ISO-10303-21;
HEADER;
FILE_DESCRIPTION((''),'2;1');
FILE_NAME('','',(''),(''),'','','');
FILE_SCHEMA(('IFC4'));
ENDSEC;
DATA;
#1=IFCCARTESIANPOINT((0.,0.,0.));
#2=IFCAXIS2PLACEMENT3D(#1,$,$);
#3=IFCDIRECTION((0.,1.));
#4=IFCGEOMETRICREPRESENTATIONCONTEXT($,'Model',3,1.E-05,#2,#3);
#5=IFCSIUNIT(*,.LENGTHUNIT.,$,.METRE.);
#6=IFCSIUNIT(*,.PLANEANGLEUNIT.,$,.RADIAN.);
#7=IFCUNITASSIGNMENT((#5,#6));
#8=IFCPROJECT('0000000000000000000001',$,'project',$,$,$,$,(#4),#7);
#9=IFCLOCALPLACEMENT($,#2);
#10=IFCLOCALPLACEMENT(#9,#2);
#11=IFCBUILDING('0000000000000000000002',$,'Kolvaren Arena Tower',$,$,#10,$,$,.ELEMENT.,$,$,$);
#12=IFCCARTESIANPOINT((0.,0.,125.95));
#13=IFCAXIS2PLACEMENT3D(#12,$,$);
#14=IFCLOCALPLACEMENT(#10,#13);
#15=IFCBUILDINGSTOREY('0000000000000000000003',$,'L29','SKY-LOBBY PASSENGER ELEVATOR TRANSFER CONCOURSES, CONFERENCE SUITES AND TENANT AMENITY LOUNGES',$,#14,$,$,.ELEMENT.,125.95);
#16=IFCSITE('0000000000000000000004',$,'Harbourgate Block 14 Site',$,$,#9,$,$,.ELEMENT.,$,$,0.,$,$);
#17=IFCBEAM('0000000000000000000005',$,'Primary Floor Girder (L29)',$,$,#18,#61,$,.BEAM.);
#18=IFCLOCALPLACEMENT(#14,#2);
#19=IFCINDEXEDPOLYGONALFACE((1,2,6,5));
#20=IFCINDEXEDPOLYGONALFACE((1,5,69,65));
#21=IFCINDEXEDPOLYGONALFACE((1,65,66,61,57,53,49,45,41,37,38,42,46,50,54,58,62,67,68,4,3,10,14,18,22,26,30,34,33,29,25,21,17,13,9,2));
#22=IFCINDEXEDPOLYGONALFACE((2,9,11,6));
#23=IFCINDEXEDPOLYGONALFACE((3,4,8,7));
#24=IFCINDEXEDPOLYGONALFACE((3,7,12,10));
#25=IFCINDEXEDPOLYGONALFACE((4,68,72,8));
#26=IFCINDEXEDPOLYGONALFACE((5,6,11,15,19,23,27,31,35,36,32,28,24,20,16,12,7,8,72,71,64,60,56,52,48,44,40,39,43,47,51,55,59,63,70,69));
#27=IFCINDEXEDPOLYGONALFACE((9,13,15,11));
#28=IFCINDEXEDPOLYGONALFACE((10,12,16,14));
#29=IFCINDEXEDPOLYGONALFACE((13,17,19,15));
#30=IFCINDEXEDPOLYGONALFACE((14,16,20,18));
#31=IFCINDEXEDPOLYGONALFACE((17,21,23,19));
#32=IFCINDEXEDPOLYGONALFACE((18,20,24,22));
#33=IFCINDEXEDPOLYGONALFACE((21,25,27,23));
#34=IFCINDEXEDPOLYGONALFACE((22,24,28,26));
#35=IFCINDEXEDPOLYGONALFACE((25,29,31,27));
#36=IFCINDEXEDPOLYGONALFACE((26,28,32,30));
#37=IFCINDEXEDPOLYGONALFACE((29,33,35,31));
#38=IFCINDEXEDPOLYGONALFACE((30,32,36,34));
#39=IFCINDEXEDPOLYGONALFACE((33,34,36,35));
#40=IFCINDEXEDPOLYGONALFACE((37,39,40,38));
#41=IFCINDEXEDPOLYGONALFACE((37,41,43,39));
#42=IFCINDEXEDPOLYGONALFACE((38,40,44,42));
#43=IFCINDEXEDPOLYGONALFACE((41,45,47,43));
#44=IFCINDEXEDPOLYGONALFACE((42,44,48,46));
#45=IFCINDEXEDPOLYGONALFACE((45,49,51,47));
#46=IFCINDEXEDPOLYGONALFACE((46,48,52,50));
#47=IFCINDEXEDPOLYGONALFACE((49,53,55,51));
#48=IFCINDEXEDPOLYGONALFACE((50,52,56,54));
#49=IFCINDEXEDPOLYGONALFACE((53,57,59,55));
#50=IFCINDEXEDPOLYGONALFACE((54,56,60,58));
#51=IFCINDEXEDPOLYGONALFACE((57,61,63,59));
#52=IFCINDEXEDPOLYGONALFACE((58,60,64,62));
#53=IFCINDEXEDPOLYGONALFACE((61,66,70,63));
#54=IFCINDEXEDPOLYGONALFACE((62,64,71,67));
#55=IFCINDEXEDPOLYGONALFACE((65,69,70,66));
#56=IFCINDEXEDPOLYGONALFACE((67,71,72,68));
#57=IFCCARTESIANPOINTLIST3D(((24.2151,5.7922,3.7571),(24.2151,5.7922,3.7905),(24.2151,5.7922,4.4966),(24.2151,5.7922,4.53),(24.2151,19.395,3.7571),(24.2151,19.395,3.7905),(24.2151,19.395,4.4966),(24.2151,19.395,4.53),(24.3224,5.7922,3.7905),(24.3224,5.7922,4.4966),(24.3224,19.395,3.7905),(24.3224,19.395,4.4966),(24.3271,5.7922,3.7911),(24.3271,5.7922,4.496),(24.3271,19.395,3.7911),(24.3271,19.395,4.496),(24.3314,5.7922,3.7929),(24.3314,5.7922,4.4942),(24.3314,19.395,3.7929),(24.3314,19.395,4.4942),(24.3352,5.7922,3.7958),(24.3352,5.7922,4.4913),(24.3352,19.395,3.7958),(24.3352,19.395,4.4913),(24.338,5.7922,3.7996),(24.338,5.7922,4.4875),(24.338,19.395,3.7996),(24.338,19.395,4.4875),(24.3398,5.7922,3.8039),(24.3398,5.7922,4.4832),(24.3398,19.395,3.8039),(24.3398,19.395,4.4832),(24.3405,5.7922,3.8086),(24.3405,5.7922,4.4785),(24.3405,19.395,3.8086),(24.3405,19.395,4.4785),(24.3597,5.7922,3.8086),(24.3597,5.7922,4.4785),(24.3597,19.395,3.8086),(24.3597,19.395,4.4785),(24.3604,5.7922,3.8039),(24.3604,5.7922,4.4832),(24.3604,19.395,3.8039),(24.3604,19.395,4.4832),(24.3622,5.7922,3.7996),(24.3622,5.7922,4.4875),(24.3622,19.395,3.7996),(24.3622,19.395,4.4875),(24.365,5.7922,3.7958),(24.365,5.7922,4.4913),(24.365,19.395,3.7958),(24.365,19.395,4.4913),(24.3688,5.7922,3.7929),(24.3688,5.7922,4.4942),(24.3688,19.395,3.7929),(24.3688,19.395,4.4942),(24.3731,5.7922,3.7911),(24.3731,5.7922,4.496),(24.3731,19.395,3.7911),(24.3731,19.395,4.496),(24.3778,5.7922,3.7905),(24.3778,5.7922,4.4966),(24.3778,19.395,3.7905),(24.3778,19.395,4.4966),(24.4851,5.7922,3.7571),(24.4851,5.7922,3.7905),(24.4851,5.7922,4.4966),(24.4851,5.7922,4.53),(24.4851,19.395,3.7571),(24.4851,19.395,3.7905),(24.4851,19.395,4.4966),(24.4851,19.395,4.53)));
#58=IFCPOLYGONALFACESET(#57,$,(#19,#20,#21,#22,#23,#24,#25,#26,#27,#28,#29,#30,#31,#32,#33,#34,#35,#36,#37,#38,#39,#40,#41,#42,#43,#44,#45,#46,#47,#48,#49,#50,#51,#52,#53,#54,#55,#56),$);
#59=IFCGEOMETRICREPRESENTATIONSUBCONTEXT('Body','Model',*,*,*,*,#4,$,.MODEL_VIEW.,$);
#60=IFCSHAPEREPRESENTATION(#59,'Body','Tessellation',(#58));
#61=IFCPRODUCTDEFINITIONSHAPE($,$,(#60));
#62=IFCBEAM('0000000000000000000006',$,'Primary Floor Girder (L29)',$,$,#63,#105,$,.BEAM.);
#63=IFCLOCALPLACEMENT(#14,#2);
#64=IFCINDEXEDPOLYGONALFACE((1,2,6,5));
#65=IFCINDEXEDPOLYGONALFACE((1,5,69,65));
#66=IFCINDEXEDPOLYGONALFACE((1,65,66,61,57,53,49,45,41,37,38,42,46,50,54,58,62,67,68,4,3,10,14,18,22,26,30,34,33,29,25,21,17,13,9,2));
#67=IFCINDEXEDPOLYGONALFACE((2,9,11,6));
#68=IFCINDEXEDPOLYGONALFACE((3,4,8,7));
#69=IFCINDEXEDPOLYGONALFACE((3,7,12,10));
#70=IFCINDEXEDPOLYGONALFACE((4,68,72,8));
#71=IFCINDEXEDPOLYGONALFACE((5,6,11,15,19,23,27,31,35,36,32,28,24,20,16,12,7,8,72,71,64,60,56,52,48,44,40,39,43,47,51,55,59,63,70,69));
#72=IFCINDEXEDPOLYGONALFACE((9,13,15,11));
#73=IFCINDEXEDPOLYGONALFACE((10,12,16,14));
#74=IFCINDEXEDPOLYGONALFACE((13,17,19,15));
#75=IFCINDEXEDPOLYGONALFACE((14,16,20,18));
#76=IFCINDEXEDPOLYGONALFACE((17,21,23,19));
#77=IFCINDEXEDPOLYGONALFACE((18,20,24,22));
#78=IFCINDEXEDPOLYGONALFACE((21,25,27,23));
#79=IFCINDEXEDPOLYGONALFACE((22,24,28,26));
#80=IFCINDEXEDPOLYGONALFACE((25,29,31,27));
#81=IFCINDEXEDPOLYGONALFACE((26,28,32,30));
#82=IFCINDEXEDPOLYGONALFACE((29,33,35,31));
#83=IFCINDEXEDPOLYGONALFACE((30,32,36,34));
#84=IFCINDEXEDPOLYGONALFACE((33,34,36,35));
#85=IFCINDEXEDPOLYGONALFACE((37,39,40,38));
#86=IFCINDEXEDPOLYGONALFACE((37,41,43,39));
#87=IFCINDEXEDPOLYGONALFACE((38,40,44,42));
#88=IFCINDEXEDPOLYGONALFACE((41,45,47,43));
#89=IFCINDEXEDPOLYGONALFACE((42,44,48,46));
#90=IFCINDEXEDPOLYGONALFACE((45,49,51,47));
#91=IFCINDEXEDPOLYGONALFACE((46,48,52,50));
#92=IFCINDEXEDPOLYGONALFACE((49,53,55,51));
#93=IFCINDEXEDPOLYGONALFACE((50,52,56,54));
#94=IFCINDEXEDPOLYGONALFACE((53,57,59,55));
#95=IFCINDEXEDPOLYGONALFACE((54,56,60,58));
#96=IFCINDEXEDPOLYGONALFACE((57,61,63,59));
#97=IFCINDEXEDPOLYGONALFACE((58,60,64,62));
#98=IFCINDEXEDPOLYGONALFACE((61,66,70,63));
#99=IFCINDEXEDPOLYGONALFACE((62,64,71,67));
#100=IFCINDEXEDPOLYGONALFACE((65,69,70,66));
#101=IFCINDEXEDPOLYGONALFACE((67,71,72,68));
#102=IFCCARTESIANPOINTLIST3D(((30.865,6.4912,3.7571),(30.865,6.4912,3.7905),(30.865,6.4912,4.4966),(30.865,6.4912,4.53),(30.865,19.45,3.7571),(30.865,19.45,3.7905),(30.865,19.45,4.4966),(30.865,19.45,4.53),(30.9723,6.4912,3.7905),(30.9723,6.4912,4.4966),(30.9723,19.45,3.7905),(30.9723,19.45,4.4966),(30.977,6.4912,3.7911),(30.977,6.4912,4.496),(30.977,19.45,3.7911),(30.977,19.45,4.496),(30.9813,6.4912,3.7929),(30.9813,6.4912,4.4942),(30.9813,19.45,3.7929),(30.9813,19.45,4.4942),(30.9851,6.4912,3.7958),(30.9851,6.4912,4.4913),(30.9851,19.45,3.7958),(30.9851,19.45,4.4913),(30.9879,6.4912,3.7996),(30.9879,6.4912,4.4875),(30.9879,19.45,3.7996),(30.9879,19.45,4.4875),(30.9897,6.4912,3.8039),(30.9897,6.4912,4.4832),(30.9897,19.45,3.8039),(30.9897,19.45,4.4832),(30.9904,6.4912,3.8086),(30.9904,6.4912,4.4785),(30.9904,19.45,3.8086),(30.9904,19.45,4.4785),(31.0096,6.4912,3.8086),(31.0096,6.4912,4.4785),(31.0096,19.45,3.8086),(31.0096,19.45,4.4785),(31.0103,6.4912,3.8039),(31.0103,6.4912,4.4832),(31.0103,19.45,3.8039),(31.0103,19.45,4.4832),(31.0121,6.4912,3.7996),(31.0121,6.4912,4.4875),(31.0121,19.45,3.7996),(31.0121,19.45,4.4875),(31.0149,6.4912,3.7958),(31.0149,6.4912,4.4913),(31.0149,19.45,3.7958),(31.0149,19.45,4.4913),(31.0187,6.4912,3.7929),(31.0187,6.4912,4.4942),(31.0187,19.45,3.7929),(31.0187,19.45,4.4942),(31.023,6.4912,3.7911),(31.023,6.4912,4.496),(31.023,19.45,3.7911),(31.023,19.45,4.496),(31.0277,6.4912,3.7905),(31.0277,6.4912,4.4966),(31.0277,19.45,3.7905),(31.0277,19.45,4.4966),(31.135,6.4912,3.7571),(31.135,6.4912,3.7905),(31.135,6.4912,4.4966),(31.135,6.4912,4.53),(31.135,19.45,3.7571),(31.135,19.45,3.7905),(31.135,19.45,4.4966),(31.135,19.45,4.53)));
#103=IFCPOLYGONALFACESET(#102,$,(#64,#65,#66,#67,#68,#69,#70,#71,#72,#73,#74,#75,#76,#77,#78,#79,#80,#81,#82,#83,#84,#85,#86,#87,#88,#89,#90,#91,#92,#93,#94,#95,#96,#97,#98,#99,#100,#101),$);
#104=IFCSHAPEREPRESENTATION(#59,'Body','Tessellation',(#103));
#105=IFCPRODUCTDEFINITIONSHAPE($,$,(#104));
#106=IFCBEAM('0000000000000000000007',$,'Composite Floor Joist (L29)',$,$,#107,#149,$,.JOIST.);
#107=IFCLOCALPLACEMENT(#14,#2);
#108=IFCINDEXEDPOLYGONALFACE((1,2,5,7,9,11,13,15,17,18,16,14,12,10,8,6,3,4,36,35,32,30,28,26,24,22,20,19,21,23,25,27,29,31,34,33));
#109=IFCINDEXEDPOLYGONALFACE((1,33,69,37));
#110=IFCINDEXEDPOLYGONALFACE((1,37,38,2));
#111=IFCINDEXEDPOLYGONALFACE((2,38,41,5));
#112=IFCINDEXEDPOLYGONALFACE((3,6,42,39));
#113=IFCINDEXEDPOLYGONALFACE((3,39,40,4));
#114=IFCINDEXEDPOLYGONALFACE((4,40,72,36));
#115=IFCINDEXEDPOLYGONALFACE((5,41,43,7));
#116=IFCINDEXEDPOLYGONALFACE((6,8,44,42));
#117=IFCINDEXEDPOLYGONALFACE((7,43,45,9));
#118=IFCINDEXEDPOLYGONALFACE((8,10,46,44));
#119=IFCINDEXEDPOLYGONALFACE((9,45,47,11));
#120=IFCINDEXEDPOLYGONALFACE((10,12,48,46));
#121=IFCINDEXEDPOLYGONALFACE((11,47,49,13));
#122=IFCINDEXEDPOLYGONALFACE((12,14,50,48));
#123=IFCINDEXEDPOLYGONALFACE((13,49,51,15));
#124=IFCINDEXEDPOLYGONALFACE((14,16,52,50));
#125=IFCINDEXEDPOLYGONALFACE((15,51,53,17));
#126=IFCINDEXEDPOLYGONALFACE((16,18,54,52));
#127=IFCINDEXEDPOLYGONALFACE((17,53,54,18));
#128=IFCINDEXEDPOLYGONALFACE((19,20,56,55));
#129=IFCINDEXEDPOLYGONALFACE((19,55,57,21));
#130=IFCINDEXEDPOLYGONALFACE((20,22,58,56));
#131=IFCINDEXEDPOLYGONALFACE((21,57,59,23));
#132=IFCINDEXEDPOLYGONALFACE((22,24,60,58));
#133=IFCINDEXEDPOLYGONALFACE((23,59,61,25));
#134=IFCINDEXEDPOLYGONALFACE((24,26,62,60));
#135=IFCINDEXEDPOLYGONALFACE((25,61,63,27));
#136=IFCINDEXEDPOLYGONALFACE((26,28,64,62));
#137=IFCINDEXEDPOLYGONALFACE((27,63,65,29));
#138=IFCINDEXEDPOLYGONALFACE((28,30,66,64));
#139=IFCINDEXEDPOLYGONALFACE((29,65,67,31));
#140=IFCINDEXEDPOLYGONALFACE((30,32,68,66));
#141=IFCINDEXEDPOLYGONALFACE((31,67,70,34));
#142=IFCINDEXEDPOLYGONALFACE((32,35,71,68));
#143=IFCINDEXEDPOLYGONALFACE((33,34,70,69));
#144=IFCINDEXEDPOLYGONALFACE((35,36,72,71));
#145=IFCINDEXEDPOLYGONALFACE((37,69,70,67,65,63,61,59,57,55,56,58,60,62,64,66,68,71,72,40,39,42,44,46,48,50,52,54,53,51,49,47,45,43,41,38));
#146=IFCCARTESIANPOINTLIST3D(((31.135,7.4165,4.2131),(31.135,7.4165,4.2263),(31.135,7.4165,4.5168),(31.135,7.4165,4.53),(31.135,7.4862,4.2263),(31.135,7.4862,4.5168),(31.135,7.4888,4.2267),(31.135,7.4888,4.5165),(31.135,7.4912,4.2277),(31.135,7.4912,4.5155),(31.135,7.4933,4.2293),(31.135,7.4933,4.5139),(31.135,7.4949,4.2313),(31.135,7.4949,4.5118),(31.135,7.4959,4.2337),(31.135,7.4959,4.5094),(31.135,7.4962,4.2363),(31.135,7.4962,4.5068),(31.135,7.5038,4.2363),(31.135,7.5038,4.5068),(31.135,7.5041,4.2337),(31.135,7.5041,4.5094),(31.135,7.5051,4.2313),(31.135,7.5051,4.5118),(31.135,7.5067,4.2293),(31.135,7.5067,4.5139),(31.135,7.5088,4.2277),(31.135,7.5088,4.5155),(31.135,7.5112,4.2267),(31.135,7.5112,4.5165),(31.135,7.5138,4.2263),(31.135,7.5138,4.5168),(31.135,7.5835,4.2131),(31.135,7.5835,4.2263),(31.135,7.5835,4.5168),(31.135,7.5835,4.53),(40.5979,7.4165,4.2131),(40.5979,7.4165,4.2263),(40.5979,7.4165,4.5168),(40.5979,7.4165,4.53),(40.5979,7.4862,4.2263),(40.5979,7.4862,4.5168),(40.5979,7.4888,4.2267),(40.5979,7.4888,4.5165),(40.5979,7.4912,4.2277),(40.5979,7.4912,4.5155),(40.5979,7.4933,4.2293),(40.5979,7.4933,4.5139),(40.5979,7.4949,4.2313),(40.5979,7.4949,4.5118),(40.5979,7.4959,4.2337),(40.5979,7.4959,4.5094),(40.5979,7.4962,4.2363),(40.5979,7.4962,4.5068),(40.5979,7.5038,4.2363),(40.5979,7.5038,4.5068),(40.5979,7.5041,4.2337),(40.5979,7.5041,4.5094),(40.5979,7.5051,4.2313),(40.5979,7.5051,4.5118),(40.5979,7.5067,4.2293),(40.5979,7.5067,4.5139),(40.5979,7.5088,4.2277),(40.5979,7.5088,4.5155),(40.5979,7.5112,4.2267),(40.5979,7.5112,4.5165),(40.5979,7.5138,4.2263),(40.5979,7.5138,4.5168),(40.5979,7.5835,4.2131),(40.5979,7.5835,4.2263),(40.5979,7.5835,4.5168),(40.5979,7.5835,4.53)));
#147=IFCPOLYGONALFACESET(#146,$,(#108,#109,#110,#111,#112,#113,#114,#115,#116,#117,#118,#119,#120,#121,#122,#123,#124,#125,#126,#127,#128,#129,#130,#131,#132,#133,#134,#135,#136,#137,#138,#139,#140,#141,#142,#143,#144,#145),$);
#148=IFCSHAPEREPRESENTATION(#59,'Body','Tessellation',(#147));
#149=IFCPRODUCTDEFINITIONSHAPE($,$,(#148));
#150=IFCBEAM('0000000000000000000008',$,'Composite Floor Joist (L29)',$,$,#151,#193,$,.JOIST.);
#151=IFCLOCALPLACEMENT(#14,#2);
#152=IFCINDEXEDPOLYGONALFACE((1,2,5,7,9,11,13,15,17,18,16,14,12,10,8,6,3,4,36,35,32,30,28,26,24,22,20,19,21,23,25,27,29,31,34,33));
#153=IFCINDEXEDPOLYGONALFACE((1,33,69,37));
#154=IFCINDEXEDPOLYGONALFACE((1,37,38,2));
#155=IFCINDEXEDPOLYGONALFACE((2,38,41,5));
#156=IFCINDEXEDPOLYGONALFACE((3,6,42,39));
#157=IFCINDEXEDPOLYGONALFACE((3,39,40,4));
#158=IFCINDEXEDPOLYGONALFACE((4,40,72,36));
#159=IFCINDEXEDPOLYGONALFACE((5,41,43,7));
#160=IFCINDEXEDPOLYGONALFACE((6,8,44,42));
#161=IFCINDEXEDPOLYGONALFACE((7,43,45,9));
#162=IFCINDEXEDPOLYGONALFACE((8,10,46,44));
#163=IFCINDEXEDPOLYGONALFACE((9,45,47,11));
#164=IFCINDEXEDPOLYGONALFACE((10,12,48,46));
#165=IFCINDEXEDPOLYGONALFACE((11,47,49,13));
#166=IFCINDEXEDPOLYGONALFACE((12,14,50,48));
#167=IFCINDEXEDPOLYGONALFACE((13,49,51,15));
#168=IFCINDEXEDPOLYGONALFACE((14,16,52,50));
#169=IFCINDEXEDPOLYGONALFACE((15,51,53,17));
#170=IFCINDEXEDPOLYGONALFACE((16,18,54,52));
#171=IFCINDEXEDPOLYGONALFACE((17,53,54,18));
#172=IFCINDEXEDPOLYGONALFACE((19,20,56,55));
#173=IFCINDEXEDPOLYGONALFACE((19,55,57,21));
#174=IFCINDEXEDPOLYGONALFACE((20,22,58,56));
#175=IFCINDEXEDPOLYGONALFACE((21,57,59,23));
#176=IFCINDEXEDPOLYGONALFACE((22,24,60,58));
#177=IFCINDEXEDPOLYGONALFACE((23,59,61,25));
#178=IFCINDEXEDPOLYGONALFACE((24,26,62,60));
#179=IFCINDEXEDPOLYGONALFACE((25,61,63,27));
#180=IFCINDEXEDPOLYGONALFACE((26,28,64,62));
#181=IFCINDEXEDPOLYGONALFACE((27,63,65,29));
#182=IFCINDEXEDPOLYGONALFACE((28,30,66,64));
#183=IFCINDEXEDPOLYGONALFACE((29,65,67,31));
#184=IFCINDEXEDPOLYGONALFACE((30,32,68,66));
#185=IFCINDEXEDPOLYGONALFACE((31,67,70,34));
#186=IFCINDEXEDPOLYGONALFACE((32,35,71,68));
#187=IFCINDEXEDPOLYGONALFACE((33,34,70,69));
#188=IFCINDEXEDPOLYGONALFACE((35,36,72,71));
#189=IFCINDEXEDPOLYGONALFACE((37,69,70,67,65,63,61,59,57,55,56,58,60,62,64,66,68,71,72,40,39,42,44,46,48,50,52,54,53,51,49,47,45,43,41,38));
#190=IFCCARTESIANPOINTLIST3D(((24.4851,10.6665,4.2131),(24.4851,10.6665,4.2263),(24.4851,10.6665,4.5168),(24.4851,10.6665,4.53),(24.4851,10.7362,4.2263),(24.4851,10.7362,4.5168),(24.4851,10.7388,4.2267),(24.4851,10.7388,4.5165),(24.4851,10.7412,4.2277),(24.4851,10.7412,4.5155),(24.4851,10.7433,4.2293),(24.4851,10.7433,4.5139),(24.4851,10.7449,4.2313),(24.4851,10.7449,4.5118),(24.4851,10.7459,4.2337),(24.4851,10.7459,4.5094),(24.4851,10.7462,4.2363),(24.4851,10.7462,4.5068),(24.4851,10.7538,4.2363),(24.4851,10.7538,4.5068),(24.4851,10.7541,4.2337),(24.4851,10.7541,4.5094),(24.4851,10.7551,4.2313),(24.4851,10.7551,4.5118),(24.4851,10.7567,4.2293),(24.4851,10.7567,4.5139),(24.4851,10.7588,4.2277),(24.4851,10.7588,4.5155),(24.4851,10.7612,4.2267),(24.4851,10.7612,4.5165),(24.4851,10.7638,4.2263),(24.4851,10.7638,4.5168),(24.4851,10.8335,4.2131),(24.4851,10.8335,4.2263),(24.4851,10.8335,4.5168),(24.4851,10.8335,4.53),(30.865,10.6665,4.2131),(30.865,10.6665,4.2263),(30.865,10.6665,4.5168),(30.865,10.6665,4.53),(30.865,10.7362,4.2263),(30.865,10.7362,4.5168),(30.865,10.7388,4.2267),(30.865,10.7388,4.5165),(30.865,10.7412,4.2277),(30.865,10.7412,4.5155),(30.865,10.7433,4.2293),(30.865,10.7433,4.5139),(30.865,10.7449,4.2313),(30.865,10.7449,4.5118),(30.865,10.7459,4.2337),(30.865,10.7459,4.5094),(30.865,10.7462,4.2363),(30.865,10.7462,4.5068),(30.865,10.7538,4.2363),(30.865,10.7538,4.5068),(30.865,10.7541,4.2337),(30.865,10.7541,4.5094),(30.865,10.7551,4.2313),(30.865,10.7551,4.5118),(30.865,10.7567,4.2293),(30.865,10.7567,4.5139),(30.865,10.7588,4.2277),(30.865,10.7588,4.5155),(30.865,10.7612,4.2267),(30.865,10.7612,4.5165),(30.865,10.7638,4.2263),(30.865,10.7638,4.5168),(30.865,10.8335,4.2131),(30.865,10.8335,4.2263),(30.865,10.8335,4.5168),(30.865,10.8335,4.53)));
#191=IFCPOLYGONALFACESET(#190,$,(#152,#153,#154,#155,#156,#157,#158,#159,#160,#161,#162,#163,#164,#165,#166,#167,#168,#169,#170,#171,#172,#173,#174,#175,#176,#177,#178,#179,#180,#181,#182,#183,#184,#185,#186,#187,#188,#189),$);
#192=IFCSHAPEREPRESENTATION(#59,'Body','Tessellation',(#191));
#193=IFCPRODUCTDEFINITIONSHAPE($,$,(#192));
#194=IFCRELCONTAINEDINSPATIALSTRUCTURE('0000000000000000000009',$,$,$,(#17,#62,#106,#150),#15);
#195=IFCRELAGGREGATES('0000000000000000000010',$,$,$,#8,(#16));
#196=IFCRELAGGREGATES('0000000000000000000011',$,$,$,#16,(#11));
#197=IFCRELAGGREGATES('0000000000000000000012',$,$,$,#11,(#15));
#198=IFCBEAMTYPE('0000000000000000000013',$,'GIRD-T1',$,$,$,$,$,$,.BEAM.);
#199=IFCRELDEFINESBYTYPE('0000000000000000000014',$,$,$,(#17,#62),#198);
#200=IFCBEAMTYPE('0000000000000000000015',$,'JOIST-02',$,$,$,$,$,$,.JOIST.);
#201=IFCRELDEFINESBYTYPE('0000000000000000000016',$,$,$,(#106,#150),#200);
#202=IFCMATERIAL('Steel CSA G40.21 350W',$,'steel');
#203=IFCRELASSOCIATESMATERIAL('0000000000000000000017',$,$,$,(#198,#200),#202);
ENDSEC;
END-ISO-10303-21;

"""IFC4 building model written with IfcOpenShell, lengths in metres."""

from ifc_helpers import new_model, si_unit, direction, frame, origin, origin_2d, place, context, subcontext, project, spatial, i_section, extrude, material, material_profile, profile_set, type_object, element, save


model = new_model("IFC4")

# Units and contexts
model_context = context("Model", 3, precision=1e-05, world=origin(), true_north=direction((0.0, 1.0)))
body_context = subcontext(model_context, "Body", "Model", "MODEL_VIEW")
ifc_project = project(units=[si_unit("LENGTHUNIT", "METRE"), si_unit("PLANEANGLEUNIT", "RADIAN")], contexts=[model_context])

# Site, building, storey
site_placement = place(None, origin())
site = spatial("IfcSite", under=ifc_project, at=site_placement, Name="Harbourgate Block 14 Site", CompositionType="ELEMENT", RefElevation=0.0)
building_placement = place(site_placement, origin())
building = spatial("IfcBuilding", under=site, at=building_placement, Name="Kolvaren Arena Tower", CompositionType="ELEMENT")
storey_placement = place(building_placement, frame((0.0, 0.0, 125.95)))
storey = spatial("IfcBuildingStorey", under=building, at=storey_placement, Name="L29", Description="SKY-LOBBY PASSENGER ELEVATOR TRANSFER CONCOURSES, CONFERENCE SUITES AND TENANT AMENITY LOUNGES", CompositionType="ELEMENT", Elevation=125.95)

# Shared definitions
ifc_material_1 = material(Name="Steel CSA G40.21 350W", Category="steel")

# Beams
ifc_material_profile_1 = material_profile(ifc_material_1, i_section(OverallWidth=0.27, OverallDepth=0.7729, WebThickness=0.0193, FlangeThickness=0.0334, FilletRadius=0.0181, at=origin_2d()), Name="W760x257")
ifc_profile_set_1 = profile_set([ifc_material_profile_1], Name="Steel CSA G40.21 350W")
beam_type_1 = type_object("IfcBeamType", Name="GIRD-T1", PredefinedType="BEAM", material=ifc_profile_set_1)
beam_1_placement = place(storey_placement, frame((24.3501, 5.7922, 4.1436), z_axis=(0.0, 1.0, 0.0), x_axis=(-1.0, 0.0, 0.0)))
element("IfcBeam", 1, at=beam_1_placement, inside=storey, type_object=beam_type_1, Name="Primary Floor Girder (L29)", PredefinedType="BEAM", context=body_context, shape_type="SweptSolid", body=[
    extrude(i_section(OverallWidth=0.27, OverallDepth=0.7729, WebThickness=0.0193, FlangeThickness=0.0334, FilletRadius=0.0181, at=origin_2d()), origin(), (0.0, 0.0, 1.0), 13.6028),
])
beam_2_placement = place(storey_placement, frame((31.0, 6.4912, 4.1436), z_axis=(0.0, 1.0, 0.0), x_axis=(-1.0, 0.0, 0.0)))
element("IfcBeam", 2, at=beam_2_placement, inside=storey, type_object=beam_type_1, Name="Primary Floor Girder (L29)", PredefinedType="BEAM", context=body_context, shape_type="SweptSolid", body=[
    extrude(i_section(OverallWidth=0.27, OverallDepth=0.7729, WebThickness=0.0193, FlangeThickness=0.0334, FilletRadius=0.0181, at=origin_2d()), origin(), (0.0, 0.0, 1.0), 12.9587),
])
ifc_material_profile_2 = material_profile(ifc_material_1, i_section(OverallWidth=0.167, OverallDepth=0.3169, WebThickness=0.0076, FlangeThickness=0.0132, FilletRadius=0.01, at=origin_2d()), Name="W310x52")
ifc_profile_set_2 = profile_set([ifc_material_profile_2], Name="Steel CSA G40.21 350W")
beam_type_2 = type_object("IfcBeamType", Name="JOIST-02", PredefinedType="JOIST", material=ifc_profile_set_2)
beam_3_placement = place(storey_placement, frame((31.135, 7.5, 4.3716), z_axis=(1.0, 0.0, 0.0), x_axis=(0.0, 1.0, 0.0)))
element("IfcBeam", 3, at=beam_3_placement, inside=storey, type_object=beam_type_2, Name="Composite Floor Joist (L29)", PredefinedType="JOIST", context=body_context, shape_type="SweptSolid", body=[
    extrude(i_section(OverallWidth=0.167, OverallDepth=0.3169, WebThickness=0.0076, FlangeThickness=0.0132, FilletRadius=0.01, at=origin_2d()), origin(), (0.0, 0.0, 1.0), 9.4629),
])
beam_4_placement = place(storey_placement, frame((24.4851, 10.75, 4.3716), z_axis=(1.0, 0.0, 0.0), x_axis=(0.0, 1.0, 0.0)))
element("IfcBeam", 4, at=beam_4_placement, inside=storey, type_object=beam_type_2, Name="Composite Floor Joist (L29)", PredefinedType="JOIST", context=body_context, shape_type="SweptSolid", body=[
    extrude(i_section(OverallWidth=0.167, OverallDepth=0.3169, WebThickness=0.0076, FlangeThickness=0.0132, FilletRadius=0.01, at=origin_2d()), origin(), (0.0, 0.0, 1.0), 6.3799),
])

save(model, "model.ifc")
